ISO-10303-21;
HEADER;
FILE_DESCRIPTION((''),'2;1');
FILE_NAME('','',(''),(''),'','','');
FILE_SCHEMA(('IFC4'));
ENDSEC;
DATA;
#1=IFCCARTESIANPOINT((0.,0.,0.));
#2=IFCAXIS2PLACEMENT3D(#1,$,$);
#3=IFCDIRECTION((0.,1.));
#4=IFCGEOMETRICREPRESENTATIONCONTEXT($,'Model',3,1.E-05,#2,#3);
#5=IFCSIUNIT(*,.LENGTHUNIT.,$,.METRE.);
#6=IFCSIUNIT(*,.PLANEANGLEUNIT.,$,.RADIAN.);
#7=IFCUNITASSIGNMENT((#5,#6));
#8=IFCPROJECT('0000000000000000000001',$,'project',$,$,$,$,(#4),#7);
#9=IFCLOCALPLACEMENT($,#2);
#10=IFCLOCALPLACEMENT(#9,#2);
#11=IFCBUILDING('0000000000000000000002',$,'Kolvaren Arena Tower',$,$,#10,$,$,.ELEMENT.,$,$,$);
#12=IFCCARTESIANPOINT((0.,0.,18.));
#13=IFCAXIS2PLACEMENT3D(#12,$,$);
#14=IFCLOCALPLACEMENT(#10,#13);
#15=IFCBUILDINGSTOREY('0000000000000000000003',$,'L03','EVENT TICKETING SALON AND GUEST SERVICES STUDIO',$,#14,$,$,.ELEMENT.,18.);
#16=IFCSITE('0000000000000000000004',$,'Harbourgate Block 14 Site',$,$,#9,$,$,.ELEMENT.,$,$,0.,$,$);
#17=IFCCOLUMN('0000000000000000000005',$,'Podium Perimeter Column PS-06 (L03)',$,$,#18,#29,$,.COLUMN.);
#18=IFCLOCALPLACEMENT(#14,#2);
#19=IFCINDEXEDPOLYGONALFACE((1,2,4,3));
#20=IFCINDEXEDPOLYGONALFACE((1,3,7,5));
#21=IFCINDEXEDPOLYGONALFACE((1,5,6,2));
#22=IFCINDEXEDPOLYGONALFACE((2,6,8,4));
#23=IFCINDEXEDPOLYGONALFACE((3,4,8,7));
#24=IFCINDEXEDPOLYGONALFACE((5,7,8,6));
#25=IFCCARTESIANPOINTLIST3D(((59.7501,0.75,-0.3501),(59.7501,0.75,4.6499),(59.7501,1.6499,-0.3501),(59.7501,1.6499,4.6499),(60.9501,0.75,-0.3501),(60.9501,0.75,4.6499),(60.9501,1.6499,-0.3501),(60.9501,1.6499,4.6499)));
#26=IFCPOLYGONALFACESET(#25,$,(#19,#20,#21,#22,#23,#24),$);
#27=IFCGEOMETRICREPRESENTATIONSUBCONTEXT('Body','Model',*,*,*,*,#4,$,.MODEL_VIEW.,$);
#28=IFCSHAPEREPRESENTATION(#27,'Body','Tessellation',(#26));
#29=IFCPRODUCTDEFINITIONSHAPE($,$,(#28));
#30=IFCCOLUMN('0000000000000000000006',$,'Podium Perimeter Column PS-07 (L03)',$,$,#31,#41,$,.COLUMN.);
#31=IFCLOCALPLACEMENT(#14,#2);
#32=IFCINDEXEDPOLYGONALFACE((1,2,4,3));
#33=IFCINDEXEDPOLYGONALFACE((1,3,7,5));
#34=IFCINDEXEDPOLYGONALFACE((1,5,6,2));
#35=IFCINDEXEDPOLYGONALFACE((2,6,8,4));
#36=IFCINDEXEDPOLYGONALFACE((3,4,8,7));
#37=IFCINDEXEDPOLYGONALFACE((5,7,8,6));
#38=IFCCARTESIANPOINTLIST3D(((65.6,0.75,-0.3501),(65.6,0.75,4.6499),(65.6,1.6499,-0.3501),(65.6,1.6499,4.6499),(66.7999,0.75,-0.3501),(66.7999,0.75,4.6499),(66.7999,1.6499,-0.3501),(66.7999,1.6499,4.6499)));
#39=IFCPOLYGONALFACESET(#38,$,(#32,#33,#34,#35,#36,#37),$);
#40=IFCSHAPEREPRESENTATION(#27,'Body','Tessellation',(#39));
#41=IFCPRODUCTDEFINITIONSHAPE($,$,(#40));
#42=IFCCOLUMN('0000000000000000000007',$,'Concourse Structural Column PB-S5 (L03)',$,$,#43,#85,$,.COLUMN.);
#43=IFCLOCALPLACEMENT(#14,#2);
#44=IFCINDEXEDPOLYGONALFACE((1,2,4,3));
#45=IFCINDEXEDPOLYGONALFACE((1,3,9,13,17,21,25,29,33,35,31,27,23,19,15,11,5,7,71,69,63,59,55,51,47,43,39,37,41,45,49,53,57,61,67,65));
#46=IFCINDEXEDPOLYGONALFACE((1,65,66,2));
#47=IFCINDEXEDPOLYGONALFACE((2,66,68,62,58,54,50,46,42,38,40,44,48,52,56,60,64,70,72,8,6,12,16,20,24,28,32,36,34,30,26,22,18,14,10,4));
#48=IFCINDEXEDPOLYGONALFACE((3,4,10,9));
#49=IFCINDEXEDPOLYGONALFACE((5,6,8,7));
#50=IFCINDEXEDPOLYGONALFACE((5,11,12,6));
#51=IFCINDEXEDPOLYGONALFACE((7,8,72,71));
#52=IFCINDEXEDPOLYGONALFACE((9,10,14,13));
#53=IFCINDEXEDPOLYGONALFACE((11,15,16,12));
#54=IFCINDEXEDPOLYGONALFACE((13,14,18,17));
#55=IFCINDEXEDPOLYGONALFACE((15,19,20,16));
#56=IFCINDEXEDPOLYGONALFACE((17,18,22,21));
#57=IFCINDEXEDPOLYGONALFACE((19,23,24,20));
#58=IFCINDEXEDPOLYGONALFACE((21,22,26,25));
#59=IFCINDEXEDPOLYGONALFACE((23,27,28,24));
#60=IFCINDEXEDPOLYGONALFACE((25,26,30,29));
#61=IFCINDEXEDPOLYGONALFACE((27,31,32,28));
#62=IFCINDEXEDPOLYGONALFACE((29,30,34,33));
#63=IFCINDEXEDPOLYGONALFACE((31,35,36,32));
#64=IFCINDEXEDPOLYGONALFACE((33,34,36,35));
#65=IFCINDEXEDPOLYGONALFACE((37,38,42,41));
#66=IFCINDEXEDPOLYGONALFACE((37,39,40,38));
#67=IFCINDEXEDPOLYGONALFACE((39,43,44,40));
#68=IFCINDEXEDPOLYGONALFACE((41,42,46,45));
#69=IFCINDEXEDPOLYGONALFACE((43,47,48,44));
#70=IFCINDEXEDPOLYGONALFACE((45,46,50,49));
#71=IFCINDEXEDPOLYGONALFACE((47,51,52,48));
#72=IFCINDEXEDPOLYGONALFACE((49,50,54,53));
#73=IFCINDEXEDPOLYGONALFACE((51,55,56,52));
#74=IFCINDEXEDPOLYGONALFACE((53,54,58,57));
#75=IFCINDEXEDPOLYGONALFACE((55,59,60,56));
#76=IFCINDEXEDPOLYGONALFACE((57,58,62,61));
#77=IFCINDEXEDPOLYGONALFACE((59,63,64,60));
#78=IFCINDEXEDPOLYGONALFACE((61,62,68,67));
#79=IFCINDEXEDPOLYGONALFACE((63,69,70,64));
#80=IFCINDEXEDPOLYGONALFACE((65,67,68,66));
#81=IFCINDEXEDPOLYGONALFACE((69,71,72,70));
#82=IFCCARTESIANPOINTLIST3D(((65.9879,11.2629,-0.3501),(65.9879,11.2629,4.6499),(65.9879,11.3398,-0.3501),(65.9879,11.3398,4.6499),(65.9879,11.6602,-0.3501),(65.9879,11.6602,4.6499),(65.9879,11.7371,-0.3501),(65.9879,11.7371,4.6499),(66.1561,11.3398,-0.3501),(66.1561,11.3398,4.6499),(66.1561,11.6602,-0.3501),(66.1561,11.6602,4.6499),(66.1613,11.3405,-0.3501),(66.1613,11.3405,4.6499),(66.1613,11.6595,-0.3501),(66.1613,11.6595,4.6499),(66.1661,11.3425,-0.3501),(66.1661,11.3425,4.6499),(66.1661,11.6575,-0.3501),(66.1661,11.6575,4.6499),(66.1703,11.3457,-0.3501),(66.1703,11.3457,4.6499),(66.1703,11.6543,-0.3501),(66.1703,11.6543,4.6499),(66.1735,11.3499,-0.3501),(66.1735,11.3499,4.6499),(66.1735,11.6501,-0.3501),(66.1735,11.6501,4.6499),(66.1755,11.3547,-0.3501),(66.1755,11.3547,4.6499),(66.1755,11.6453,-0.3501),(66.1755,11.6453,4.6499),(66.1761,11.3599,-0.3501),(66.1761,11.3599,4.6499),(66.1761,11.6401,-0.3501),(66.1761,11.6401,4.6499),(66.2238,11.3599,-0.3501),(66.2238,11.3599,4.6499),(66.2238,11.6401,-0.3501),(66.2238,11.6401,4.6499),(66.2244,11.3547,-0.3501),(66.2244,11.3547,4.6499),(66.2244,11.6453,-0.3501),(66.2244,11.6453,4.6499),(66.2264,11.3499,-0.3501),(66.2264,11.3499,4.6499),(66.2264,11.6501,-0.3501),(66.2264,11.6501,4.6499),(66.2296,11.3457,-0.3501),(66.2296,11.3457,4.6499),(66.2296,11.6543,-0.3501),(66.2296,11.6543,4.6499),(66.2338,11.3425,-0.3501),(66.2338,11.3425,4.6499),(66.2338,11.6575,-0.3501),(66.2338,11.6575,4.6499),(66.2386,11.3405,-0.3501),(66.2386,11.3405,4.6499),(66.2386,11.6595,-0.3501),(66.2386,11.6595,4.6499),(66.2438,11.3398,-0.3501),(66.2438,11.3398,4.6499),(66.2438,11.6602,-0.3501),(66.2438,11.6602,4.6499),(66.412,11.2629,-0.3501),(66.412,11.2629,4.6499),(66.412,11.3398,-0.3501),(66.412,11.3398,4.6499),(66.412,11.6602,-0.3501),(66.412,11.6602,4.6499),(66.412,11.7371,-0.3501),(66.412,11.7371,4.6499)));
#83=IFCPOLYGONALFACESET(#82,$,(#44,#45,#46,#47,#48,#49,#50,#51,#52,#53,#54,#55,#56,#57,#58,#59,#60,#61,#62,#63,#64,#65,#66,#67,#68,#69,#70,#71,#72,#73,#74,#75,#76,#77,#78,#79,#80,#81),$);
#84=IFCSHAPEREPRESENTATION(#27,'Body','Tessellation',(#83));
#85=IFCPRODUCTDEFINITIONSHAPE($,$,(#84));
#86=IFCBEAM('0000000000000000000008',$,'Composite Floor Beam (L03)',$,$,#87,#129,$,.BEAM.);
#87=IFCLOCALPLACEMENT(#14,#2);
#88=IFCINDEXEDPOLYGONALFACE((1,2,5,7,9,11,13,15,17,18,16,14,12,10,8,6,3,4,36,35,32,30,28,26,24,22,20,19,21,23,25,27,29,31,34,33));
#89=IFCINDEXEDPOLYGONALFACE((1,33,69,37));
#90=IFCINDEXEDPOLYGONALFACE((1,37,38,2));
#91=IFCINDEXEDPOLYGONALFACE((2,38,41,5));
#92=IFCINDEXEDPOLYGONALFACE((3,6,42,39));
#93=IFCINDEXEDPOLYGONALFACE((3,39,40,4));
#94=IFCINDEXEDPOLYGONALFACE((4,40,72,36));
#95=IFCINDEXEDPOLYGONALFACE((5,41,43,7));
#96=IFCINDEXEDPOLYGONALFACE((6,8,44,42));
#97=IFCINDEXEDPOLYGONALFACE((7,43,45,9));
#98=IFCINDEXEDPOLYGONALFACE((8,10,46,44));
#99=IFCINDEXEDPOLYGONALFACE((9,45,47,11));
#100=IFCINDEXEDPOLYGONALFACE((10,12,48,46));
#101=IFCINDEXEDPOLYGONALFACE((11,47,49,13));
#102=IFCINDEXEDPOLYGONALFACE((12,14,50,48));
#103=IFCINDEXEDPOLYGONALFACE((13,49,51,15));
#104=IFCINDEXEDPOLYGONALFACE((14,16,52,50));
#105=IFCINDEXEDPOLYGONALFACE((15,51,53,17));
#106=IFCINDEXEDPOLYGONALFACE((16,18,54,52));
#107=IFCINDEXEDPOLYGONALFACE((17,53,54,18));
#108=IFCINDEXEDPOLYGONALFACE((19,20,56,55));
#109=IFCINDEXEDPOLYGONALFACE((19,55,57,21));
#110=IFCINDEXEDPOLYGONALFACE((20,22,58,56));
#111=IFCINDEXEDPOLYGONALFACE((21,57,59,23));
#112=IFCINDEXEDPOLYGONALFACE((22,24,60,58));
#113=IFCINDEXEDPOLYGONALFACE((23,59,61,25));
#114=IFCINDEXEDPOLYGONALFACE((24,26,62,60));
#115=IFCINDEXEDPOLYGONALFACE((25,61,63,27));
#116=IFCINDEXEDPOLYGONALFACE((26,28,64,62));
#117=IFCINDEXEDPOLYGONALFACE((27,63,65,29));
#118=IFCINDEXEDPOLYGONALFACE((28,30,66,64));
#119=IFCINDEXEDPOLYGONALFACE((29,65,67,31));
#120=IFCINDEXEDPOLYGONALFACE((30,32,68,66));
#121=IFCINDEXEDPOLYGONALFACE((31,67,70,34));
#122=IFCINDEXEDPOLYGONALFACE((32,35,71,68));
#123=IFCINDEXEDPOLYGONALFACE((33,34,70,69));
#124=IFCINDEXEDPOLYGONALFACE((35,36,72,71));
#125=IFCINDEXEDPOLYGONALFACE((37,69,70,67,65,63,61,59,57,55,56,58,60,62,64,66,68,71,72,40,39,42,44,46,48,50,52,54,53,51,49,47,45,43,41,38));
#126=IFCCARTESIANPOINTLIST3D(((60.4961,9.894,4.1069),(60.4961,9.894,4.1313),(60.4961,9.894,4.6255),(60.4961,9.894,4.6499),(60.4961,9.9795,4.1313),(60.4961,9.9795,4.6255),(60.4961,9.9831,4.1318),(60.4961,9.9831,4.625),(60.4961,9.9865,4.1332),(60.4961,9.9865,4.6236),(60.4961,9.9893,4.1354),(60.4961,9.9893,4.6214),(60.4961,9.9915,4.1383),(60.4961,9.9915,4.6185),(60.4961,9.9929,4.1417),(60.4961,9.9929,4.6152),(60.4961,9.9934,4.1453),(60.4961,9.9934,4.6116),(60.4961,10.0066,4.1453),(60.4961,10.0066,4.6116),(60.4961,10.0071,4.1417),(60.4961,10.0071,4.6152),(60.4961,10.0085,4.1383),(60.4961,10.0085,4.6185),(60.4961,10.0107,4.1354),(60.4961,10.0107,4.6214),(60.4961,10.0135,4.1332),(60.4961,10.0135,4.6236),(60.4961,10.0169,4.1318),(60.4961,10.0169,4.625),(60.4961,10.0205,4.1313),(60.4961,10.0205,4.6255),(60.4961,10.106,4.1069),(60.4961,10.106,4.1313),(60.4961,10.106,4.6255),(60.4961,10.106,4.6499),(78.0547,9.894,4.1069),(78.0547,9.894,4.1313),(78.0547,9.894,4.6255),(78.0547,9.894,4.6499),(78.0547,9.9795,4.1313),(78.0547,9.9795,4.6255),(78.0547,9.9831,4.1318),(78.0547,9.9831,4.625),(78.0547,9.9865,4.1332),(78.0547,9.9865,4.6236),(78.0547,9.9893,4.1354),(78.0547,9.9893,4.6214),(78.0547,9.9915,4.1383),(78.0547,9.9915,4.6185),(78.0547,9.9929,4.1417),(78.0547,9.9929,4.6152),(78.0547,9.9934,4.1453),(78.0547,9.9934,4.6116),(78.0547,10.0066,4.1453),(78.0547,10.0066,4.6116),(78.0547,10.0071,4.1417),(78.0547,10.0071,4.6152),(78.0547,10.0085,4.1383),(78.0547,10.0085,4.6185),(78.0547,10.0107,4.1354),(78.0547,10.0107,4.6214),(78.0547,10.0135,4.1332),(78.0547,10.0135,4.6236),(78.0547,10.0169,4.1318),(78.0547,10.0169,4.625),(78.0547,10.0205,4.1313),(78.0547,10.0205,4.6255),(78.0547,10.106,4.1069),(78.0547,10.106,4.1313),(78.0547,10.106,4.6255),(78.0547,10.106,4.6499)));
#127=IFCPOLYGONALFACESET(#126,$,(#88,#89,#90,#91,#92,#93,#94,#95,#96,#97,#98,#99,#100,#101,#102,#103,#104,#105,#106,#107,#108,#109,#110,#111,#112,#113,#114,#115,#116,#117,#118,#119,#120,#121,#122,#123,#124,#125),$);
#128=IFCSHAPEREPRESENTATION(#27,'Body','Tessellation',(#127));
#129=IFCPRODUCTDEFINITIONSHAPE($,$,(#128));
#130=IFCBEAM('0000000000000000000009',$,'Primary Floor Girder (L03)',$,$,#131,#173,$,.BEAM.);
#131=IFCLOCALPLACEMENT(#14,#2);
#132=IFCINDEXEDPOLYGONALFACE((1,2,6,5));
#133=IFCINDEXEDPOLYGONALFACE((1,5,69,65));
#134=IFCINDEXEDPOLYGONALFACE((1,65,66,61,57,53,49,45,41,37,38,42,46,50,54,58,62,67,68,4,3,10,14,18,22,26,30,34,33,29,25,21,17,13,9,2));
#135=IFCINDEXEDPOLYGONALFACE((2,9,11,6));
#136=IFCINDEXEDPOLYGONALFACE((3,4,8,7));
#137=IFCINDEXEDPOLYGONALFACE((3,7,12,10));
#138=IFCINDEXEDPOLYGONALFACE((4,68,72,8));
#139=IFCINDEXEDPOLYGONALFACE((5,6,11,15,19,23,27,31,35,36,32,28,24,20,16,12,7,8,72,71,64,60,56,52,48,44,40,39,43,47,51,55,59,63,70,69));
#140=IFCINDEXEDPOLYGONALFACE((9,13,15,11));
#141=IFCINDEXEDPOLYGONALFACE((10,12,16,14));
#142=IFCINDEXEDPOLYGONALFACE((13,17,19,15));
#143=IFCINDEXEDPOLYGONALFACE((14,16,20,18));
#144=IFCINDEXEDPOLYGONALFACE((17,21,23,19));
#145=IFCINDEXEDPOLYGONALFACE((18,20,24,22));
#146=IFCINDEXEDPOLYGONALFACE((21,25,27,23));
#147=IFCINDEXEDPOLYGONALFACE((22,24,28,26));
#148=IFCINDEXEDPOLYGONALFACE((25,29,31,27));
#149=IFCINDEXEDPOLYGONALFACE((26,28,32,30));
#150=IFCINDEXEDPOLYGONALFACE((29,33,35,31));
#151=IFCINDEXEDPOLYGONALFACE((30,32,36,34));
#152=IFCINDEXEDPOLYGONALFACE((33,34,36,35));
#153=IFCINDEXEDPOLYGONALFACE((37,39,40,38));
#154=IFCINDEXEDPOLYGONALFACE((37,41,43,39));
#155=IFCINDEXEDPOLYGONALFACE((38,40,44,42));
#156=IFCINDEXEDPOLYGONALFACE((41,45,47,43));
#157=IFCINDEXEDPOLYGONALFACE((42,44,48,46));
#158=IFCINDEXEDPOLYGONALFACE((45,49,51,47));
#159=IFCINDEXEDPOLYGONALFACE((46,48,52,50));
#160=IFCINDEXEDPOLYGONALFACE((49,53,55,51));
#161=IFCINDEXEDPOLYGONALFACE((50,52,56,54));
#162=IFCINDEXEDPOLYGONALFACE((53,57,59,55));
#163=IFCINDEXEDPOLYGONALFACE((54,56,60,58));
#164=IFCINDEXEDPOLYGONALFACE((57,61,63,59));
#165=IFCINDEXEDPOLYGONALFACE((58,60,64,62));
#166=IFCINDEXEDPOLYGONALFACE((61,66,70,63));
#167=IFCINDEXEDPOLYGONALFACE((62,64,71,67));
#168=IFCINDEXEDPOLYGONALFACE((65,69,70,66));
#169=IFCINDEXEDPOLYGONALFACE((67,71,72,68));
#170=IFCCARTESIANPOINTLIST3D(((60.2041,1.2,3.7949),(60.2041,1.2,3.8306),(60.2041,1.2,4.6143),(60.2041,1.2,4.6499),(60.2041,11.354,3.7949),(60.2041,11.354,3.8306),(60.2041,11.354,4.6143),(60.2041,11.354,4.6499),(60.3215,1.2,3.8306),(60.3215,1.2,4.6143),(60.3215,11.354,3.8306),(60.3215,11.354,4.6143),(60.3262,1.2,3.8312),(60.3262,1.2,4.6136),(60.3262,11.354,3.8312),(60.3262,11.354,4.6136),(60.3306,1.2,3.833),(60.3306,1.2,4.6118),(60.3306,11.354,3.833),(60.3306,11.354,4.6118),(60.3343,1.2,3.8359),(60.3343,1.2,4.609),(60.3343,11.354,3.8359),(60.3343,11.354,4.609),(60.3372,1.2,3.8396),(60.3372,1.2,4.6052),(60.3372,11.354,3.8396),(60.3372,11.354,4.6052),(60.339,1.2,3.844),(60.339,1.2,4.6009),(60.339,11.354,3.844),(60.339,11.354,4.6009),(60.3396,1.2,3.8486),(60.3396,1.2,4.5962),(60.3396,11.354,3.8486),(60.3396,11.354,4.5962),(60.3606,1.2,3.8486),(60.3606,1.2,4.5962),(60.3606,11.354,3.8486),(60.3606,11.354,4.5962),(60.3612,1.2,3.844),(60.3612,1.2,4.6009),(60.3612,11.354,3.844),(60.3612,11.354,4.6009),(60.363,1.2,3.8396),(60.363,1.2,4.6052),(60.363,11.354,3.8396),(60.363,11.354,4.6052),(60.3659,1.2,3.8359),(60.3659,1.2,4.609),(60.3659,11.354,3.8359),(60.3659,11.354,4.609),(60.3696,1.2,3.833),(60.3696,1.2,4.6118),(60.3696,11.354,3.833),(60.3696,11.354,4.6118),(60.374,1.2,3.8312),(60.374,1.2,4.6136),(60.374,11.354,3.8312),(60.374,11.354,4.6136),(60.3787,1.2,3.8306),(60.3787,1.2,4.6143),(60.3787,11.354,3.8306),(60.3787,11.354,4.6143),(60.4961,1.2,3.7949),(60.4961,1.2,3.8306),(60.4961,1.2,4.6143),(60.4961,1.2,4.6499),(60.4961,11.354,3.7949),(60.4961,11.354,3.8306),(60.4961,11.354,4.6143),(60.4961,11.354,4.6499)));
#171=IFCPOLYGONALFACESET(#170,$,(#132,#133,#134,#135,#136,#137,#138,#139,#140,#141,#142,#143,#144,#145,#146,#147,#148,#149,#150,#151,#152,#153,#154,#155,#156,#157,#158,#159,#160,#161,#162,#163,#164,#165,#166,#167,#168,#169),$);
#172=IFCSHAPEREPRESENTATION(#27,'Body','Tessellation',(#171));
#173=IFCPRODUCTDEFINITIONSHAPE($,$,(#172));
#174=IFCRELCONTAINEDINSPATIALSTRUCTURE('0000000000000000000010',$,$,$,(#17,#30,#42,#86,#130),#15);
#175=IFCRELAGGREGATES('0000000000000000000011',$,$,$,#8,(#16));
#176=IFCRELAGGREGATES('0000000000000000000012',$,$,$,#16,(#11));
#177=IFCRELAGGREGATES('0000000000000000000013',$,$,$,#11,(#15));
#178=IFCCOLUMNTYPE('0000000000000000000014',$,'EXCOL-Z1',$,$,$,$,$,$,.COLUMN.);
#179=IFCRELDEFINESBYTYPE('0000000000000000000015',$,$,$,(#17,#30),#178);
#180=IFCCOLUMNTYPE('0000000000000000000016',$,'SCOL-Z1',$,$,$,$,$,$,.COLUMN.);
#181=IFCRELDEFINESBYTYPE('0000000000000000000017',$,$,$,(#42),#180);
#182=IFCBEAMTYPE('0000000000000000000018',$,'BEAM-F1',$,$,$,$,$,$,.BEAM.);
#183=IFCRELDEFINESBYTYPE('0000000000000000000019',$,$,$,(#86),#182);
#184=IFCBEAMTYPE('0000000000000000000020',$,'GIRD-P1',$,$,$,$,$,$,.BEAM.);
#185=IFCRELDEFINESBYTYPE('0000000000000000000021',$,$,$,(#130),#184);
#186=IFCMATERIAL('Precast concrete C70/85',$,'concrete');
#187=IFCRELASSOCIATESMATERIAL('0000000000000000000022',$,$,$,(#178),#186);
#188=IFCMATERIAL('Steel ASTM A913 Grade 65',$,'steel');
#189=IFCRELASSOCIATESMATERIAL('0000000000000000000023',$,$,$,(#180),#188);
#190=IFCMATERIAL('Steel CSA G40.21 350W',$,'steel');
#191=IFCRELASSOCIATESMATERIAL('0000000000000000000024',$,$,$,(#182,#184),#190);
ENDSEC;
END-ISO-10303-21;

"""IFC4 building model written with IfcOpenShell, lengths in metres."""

from ifc_helpers import new_model, si_unit, direction, frame, origin, origin_2d, place, context, subcontext, project, spatial, rectangle, i_section, extrude, material, material_profile, profile_set, type_object, element, save


model = new_model("IFC4")

# Units and contexts
model_context = context("Model", 3, precision=1e-05, world=origin(), true_north=direction((0.0, 1.0)))
body_context = subcontext(model_context, "Body", "Model", "MODEL_VIEW")
ifc_project = project(units=[si_unit("LENGTHUNIT", "METRE"), si_unit("PLANEANGLEUNIT", "RADIAN")], contexts=[model_context])

# Site, building, storey
site_placement = place(None, origin())
site = spatial("IfcSite", under=ifc_project, at=site_placement, Name="Harbourgate Block 14 Site", CompositionType="ELEMENT", RefElevation=0.0)
building_placement = place(site_placement, origin())
building = spatial("IfcBuilding", under=site, at=building_placement, Name="Kolvaren Arena Tower", CompositionType="ELEMENT")
storey_placement = place(building_placement, frame((0.0, 0.0, 18.0)))
storey = spatial("IfcBuildingStorey", under=building, at=storey_placement, Name="L03", Description="EVENT TICKETING SALON AND GUEST SERVICES STUDIO", CompositionType="ELEMENT", Elevation=18.0)

# Columns
ifc_material_1 = material(Name="Precast concrete C70/85", Category="concrete")
ifc_material_profile_1 = material_profile(ifc_material_1, rectangle(XDim=1.2, YDim=0.8999, at=origin_2d()), Name="RC-1200x900")
ifc_profile_set_1 = profile_set([ifc_material_profile_1], Name="Precast concrete C70/85")
column_type_1 = type_object("IfcColumnType", Name="EXCOL-Z1", PredefinedType="COLUMN", material=ifc_profile_set_1)
for number, where, z_axis, x_axis, name in (
    (1, (60.3501, 1.2, -0.3501), (0.0, 0.0, 1.0), (1.0, 0.0, 0.0), "Podium Perimeter Column PS-06 (L03)"),
    (2, (66.2, 1.2, -0.3501), (0.0, 0.0, 1.0), (1.0, 0.0, 0.0), "Podium Perimeter Column PS-07 (L03)"),
):
    element("IfcColumn", number, at=place(storey_placement, frame(where, z_axis=z_axis, x_axis=x_axis)), inside=storey, type_object=column_type_1, Name=name, PredefinedType="COLUMN", context=body_context, shape_type="SweptSolid", body=[
        extrude(rectangle(XDim=1.2, YDim=0.8999, at=origin_2d()), origin(), (0.0, 0.0, 1.0), 5.0),
    ])
ifc_material_2 = material(Name="Steel ASTM A913 Grade 65", Category="steel")
ifc_material_profile_2 = material_profile(ifc_material_2, i_section(OverallWidth=0.4241, OverallDepth=0.4741, WebThickness=0.0476, FlangeThickness=0.0769, FilletRadius=0.02, at=origin_2d()), Name="W360x634")
ifc_profile_set_2 = profile_set([ifc_material_profile_2], Name="Steel ASTM A913 Grade 65")
column_type_2 = type_object("IfcColumnType", Name="SCOL-Z1", PredefinedType="COLUMN", material=ifc_profile_set_2)
column_placement = place(storey_placement, frame((66.2, 11.5, -0.3501), z_axis=(0.0, 0.0, 1.0), x_axis=(1.0, 0.0, 0.0)))
element("IfcColumn", 3, at=column_placement, inside=storey, type_object=column_type_2, Name="Concourse Structural Column PB-S5 (L03)", PredefinedType="COLUMN", context=body_context, shape_type="SweptSolid", body=[
    extrude(i_section(OverallWidth=0.4241, OverallDepth=0.4741, WebThickness=0.0476, FlangeThickness=0.0769, FilletRadius=0.02, at=origin_2d()), origin(), (0.0, 0.0, 1.0), 5.0),
])

# Beams
ifc_material_3 = material(Name="Steel CSA G40.21 350W", Category="steel")
ifc_material_profile_3 = material_profile(ifc_material_3, i_section(OverallWidth=0.2119, OverallDepth=0.543, WebThickness=0.0132, FlangeThickness=0.0244, FilletRadius=0.0139, at=origin_2d()), Name="W530x150")
ifc_profile_set_3 = profile_set([ifc_material_profile_3], Name="Steel CSA G40.21 350W")
beam_type_1 = type_object("IfcBeamType", Name="BEAM-F1", PredefinedType="BEAM", material=ifc_profile_set_3)
beam_1_placement = place(storey_placement, frame((60.4961, 10.0, 4.3784), z_axis=(1.0, 0.0, 0.0), x_axis=(0.0, 1.0, 0.0)))
element("IfcBeam", 4, at=beam_1_placement, inside=storey, type_object=beam_type_1, Name="Composite Floor Beam (L03)", PredefinedType="BEAM", context=body_context, shape_type="SweptSolid", body=[
    extrude(i_section(OverallWidth=0.2119, OverallDepth=0.543, WebThickness=0.0132, FlangeThickness=0.0244, FilletRadius=0.0139, at=origin_2d()), origin(), (0.0, 0.0, 1.0), 17.5586),
])
ifc_material_profile_4 = material_profile(ifc_material_3, i_section(OverallWidth=0.292, OverallDepth=0.855, WebThickness=0.021, FlangeThickness=0.0356, FilletRadius=0.0181, at=origin_2d()), Name="W840x299")
ifc_profile_set_4 = profile_set([ifc_material_profile_4], Name="Steel CSA G40.21 350W")
beam_type_2 = type_object("IfcBeamType", Name="GIRD-P1", PredefinedType="BEAM", material=ifc_profile_set_4)
beam_2_placement = place(storey_placement, frame((60.3501, 1.2, 4.2224), z_axis=(0.0, 1.0, 0.0), x_axis=(-1.0, 0.0, 0.0)))
element("IfcBeam", 5, at=beam_2_placement, inside=storey, type_object=beam_type_2, Name="Primary Floor Girder (L03)", PredefinedType="BEAM", context=body_context, shape_type="SweptSolid", body=[
    extrude(i_section(OverallWidth=0.292, OverallDepth=0.855, WebThickness=0.021, FlangeThickness=0.0356, FilletRadius=0.0181, at=origin_2d()), origin(), (0.0, 0.0, 1.0), 10.1541),
])

save(model, "model.ifc")
